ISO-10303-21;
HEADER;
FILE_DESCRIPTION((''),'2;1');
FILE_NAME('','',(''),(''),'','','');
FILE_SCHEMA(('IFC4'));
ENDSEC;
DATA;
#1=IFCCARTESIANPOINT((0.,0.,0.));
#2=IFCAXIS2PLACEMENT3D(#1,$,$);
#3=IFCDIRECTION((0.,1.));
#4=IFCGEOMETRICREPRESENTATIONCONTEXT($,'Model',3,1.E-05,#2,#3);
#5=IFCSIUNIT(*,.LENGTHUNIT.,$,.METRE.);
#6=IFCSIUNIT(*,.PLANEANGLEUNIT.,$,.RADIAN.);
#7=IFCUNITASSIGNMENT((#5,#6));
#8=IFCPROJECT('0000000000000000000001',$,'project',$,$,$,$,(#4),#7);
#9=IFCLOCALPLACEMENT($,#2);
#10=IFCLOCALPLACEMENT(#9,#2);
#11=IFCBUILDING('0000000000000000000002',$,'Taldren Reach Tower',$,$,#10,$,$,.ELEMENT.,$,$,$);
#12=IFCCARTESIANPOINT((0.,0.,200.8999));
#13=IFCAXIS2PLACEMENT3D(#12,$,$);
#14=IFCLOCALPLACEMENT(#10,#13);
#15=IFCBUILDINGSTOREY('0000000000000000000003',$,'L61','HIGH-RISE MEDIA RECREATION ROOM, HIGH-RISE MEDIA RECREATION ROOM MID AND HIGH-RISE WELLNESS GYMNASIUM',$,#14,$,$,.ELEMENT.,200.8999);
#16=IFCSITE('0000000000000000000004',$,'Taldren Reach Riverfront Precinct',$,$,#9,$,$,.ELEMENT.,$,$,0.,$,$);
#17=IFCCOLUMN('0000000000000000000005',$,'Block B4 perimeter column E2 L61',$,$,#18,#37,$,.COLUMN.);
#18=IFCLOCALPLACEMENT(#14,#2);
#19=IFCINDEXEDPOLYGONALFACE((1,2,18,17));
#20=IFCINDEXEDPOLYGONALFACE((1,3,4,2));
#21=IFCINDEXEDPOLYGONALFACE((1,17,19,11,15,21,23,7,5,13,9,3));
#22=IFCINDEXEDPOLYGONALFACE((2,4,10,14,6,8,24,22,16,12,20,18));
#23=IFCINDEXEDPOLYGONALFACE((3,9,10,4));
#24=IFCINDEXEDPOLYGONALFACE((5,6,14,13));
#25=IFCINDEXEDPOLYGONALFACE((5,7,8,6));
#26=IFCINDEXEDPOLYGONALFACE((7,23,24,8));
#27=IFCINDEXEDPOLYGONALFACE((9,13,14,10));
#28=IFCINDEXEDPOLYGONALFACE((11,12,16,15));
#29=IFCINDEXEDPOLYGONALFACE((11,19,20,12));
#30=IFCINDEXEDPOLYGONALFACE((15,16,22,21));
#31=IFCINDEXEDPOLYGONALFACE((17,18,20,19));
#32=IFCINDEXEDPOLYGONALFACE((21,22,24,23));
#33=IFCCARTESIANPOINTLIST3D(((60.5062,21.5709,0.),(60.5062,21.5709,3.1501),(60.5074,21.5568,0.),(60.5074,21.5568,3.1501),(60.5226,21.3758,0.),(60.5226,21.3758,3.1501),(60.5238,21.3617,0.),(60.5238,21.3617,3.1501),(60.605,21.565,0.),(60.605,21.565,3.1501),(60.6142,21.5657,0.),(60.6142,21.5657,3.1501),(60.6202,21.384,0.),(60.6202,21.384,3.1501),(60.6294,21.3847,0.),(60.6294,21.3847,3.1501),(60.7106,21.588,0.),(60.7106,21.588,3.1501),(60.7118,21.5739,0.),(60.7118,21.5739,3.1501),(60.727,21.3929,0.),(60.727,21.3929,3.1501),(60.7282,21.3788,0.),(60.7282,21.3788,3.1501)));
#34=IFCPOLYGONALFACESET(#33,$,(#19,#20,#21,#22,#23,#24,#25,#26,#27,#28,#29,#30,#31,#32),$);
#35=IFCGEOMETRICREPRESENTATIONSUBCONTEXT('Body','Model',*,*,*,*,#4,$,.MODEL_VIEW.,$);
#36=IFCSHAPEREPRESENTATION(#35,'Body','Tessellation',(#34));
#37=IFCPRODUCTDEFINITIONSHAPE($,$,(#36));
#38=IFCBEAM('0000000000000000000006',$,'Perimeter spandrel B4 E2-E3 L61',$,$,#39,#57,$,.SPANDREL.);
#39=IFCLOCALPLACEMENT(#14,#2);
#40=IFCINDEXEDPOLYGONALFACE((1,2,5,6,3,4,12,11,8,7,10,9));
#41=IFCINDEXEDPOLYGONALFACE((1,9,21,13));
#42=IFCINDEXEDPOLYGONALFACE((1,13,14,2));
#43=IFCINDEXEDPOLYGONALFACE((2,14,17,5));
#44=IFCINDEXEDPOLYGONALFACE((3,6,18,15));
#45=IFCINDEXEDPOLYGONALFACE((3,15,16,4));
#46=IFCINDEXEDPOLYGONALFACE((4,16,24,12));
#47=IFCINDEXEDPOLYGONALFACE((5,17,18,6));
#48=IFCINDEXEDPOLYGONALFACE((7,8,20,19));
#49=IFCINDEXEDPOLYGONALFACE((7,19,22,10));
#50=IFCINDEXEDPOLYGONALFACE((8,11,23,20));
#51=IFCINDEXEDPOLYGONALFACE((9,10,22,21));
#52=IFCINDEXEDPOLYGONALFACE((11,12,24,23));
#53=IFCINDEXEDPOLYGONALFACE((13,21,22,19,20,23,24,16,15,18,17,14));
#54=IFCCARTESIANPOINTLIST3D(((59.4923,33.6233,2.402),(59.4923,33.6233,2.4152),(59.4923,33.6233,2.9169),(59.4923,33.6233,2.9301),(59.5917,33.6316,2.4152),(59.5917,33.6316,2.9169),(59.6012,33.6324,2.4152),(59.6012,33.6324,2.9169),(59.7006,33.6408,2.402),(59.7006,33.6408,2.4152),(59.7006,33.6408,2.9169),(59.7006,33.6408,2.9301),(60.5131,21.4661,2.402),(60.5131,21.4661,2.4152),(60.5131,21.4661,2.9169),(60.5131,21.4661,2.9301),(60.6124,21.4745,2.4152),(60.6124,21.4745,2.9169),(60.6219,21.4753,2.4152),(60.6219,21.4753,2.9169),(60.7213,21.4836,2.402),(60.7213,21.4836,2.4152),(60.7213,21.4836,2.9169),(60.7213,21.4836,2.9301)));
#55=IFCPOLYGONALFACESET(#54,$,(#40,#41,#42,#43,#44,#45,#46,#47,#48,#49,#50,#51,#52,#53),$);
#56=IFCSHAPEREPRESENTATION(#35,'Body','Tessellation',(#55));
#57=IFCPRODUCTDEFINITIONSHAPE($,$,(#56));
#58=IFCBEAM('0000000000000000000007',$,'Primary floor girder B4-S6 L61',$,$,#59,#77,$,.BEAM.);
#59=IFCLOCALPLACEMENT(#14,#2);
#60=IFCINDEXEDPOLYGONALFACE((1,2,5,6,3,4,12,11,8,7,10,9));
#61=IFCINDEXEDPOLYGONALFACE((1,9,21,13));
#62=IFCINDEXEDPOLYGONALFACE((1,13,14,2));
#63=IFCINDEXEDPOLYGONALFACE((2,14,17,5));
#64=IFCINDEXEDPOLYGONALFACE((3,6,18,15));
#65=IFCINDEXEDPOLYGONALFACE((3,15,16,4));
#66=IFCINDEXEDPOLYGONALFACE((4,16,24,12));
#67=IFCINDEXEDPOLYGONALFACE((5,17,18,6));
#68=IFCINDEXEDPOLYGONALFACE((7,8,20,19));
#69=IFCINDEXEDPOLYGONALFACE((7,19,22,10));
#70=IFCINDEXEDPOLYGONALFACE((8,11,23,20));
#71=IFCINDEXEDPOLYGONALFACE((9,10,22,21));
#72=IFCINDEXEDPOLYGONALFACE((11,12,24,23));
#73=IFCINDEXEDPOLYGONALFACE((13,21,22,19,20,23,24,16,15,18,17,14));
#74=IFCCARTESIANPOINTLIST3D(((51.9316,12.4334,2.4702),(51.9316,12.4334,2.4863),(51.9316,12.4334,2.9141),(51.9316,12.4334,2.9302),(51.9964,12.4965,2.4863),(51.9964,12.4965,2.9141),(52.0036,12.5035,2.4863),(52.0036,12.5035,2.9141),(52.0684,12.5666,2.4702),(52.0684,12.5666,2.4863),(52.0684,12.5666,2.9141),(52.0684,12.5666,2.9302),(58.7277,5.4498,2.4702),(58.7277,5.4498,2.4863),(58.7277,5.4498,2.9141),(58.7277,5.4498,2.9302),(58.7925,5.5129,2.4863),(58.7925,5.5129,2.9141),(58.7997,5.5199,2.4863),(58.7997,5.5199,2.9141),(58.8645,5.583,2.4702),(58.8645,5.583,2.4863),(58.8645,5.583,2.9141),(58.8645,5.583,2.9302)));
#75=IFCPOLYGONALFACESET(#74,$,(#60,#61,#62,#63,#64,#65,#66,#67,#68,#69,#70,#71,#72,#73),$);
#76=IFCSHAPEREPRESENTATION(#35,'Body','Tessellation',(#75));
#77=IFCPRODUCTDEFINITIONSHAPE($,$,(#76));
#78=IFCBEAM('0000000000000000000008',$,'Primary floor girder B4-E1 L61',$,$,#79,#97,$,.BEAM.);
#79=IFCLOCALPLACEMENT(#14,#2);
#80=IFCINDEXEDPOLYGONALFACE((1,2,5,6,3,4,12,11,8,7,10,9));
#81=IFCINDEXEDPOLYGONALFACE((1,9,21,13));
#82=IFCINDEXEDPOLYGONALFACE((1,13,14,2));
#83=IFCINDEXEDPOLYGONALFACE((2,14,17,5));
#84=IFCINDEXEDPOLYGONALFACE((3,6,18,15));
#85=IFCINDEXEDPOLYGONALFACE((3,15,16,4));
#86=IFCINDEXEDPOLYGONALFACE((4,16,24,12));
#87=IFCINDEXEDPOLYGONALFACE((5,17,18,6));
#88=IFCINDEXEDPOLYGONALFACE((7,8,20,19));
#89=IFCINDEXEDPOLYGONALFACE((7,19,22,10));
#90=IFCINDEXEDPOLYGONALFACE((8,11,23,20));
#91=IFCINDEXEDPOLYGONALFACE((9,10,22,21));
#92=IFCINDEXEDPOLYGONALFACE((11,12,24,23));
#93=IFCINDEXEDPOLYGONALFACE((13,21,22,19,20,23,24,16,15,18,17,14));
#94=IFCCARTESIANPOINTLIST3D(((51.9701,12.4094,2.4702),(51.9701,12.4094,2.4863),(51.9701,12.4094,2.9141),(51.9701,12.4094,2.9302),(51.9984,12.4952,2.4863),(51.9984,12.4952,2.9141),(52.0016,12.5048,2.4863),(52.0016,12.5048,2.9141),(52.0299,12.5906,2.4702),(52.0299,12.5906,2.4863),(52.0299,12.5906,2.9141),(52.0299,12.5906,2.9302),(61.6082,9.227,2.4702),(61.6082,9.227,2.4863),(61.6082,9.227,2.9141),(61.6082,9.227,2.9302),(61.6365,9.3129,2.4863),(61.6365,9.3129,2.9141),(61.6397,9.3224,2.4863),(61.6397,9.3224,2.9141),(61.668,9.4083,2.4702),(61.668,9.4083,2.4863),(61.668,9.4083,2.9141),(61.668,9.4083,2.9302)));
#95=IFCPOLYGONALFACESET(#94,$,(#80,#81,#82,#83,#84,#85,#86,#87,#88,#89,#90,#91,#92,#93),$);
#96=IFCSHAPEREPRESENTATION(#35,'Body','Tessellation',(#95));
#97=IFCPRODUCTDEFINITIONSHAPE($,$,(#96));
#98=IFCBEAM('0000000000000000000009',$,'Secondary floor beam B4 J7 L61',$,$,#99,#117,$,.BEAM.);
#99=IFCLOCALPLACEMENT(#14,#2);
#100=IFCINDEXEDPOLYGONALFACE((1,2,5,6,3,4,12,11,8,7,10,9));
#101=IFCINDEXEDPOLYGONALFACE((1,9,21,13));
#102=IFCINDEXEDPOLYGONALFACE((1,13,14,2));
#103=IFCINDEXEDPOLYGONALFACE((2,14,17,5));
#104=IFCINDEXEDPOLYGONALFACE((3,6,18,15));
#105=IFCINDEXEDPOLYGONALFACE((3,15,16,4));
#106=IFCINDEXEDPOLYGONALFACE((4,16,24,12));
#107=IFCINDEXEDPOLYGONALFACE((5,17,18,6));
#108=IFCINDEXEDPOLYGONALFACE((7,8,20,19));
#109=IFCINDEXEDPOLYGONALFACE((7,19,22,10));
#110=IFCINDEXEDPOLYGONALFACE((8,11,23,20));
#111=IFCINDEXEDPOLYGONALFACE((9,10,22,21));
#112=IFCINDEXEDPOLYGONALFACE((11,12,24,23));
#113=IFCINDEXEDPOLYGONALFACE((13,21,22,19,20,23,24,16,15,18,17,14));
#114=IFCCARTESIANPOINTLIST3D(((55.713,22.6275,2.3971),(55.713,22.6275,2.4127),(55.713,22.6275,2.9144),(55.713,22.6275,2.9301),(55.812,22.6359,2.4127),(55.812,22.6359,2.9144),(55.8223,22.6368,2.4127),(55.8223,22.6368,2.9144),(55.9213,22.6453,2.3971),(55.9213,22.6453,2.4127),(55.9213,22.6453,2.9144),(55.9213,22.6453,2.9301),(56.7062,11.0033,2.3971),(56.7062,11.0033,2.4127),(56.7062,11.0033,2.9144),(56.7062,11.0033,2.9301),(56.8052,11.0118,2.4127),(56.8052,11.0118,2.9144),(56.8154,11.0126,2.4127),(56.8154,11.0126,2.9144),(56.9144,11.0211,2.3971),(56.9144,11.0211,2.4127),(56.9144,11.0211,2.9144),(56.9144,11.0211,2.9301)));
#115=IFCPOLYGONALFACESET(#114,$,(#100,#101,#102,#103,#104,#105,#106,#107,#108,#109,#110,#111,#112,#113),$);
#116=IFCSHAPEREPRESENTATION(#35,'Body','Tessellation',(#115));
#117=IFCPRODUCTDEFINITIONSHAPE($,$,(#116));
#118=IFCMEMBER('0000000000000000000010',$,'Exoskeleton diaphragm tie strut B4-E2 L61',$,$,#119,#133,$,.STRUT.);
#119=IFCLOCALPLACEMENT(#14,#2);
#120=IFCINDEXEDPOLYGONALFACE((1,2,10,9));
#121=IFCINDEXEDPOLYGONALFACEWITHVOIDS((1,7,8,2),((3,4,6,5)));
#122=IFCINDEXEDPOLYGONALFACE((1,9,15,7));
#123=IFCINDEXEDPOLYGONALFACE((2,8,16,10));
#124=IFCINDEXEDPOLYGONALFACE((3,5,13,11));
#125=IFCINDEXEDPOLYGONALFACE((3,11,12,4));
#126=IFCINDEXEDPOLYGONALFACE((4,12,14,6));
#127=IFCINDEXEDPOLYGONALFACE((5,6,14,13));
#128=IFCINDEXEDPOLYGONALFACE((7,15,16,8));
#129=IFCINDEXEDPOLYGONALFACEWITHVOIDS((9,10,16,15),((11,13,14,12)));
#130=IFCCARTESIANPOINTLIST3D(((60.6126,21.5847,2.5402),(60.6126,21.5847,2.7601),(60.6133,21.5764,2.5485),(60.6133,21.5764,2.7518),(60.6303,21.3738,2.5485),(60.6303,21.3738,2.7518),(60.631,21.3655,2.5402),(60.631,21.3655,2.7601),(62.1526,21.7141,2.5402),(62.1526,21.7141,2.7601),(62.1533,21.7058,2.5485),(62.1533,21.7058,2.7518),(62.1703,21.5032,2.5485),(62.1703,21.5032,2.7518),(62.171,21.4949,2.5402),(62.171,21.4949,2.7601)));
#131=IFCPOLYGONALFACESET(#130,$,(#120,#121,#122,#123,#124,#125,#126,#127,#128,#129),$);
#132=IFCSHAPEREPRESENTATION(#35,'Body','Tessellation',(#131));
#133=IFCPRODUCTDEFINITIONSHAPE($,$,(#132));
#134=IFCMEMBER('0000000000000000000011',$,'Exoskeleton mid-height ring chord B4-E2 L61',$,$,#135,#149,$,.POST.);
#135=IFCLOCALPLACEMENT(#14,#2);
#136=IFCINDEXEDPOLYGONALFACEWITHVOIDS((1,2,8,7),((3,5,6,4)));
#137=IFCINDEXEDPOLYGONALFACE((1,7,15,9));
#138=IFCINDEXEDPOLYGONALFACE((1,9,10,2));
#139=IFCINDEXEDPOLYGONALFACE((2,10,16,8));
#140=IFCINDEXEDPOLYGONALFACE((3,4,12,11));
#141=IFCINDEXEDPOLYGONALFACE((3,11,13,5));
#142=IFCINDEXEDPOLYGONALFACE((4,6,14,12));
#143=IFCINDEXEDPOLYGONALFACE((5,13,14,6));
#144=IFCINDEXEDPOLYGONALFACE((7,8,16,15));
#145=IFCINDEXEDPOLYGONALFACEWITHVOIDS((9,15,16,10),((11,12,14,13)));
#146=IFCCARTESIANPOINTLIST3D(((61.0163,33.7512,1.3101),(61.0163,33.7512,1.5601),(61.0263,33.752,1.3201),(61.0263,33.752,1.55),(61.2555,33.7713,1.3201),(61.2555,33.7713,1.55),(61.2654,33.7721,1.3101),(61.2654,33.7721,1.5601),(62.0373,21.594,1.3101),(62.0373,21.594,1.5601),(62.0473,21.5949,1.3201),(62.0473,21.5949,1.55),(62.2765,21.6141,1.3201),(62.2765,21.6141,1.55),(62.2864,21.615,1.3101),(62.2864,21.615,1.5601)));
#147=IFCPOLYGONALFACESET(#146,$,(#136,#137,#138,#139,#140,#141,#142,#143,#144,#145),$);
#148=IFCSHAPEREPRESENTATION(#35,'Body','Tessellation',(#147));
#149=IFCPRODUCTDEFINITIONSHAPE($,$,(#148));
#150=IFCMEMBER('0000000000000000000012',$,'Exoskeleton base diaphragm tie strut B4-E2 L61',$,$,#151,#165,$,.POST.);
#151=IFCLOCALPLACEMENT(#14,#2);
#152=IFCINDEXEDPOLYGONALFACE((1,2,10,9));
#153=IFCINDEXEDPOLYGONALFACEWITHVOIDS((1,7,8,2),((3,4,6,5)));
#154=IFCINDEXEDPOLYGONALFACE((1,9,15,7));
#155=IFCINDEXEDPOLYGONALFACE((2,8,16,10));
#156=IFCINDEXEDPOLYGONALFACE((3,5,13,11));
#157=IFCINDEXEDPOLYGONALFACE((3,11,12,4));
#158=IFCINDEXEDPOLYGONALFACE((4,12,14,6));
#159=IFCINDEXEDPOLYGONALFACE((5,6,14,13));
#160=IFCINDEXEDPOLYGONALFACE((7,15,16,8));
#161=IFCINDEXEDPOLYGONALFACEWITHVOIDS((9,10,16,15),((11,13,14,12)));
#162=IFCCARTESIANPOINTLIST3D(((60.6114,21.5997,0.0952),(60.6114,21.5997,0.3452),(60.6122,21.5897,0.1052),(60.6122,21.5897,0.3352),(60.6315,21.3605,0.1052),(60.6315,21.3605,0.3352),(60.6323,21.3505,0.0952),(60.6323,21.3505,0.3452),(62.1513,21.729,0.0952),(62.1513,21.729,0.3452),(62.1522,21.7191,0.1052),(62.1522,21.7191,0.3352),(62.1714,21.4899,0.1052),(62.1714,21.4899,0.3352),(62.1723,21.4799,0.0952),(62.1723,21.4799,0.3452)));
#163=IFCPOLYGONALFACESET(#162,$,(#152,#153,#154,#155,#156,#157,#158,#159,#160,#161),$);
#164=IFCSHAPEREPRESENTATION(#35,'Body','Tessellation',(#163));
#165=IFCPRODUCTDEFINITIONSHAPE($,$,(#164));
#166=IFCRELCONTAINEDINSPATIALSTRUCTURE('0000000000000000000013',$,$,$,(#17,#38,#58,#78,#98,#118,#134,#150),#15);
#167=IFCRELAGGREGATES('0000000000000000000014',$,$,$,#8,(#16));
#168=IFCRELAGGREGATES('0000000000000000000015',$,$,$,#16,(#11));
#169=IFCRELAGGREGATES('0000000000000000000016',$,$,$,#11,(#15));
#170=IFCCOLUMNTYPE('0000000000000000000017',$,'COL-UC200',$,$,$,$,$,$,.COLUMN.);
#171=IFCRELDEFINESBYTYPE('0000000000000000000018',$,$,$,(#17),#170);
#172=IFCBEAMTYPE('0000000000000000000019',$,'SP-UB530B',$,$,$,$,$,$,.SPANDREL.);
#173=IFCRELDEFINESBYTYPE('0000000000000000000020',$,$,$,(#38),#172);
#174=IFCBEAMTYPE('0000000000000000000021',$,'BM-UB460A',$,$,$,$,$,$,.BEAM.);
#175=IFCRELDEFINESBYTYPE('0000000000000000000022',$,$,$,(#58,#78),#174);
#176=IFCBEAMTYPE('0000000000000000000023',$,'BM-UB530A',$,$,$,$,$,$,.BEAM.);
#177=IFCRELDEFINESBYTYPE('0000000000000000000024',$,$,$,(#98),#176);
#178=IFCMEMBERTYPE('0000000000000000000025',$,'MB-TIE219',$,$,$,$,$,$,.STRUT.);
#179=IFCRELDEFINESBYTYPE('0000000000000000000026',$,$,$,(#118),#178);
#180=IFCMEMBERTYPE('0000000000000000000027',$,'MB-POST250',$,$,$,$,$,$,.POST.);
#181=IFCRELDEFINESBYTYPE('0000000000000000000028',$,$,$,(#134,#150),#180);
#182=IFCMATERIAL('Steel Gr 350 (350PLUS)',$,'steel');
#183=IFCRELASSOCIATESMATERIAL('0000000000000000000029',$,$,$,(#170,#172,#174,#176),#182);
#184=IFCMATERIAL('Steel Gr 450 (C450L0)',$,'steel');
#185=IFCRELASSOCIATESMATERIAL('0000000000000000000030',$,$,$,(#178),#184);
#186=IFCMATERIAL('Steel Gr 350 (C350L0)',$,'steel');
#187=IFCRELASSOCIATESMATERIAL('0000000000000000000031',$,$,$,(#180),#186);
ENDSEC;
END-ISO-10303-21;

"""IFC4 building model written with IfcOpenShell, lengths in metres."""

from ifc_helpers import new_model, si_unit, direction, frame, origin, origin_2d, place, context, subcontext, project, spatial, hollow_rectangle, i_section, extrude, source, transform, mapped, material, material_profile, profile_set, type_object, element, save


model = new_model("IFC4")

# Units and contexts
model_context = context("Model", 3, precision=1e-05, world=origin(), true_north=direction((0.0, 1.0)))
body_context = subcontext(model_context, "Body", "Model", "MODEL_VIEW")
ifc_project = project(units=[si_unit("LENGTHUNIT", "METRE"), si_unit("PLANEANGLEUNIT", "RADIAN")], contexts=[model_context])

# Site, building, storey
site_placement = place(None, origin())
site = spatial("IfcSite", under=ifc_project, at=site_placement, Name="Taldren Reach Riverfront Precinct", CompositionType="ELEMENT", RefElevation=0.0)
building_placement = place(site_placement, origin())
building = spatial("IfcBuilding", under=site, at=building_placement, Name="Taldren Reach Tower", CompositionType="ELEMENT")
storey_placement = place(building_placement, frame((0.0, 0.0, 200.8999)))
storey = spatial("IfcBuildingStorey", under=building, at=storey_placement, Name="L61", Description="HIGH-RISE MEDIA RECREATION ROOM, HIGH-RISE MEDIA RECREATION ROOM MID AND HIGH-RISE WELLNESS GYMNASIUM", CompositionType="ELEMENT", Elevation=200.8999)

# Column
ifc_material_1 = material(Name="Steel Gr 350 (350PLUS)", Category="steel")
ifc_material_profile_1 = material_profile(ifc_material_1, i_section(OverallWidth=0.2051, OverallDepth=0.21, WebThickness=0.0093, FlangeThickness=0.0142, at=origin_2d()), Name="200UC59.5")
ifc_profile_set_1 = profile_set([ifc_material_profile_1], Name="Steel Gr 350 (350PLUS)")
column_type = type_object("IfcColumnType", Name="COL-UC200", PredefinedType="COLUMN", material=ifc_profile_set_1)
shared_shape_1 = source(origin(), body_context, "Body", "SweptSolid", [
    extrude(i_section(OverallWidth=0.2051, OverallDepth=0.21, WebThickness=0.0093, FlangeThickness=0.0142, at=origin_2d()), origin(), (0.0, 0.0, 1.0), 3.1501),
])
column_placement = place(storey_placement, frame((60.6172, 21.4749, 0.0), z_axis=(0.0, 0.0, 1.0), x_axis=(0.996493, 0.083678, 0.0)))
element("IfcColumn", 1, at=column_placement, inside=storey, type_object=column_type, Name="Block B4 perimeter column E2 L61", PredefinedType="COLUMN", context=body_context, shape_type="MappedRepresentation", body=[
    mapped(shared_shape_1, transform((0.0, 0.0, 0.0), scale=1.0)),
])

# Beams
ifc_material_profile_2 = material_profile(ifc_material_1, i_section(OverallWidth=0.209, OverallDepth=0.5281, WebThickness=0.0095, FlangeThickness=0.0132, at=origin_2d()), Name="530UB82.0")
ifc_profile_set_2 = profile_set([ifc_material_profile_2], Name="Steel Gr 350 (350PLUS)")
beam_type_1 = type_object("IfcBeamType", Name="SP-UB530B", PredefinedType="SPANDREL", material=ifc_profile_set_2)
shared_shape_2 = source(origin(), body_context, "Body", "SweptSolid", [
    extrude(i_section(OverallWidth=0.209, OverallDepth=0.5281, WebThickness=0.0095, FlangeThickness=0.0132, at=origin_2d()), origin(), (0.0, 0.0, 1.0), 12.2),
])
beam_1_placement = place(storey_placement, frame((60.6172, 21.4749, 2.666), z_axis=(-0.083668, 0.996494, 0.0), x_axis=(-0.996494, -0.083668, 0.0)))
element("IfcBeam", 2, at=beam_1_placement, inside=storey, type_object=beam_type_1, Name="Perimeter spandrel B4 E2-E3 L61", PredefinedType="SPANDREL", context=body_context, shape_type="MappedRepresentation", body=[
    mapped(shared_shape_2, transform((0.0, 0.0, 0.0), scale=1.0)),
])
ifc_material_profile_3 = material_profile(ifc_material_1, i_section(OverallWidth=0.1909, OverallDepth=0.46, WebThickness=0.01, FlangeThickness=0.0161, at=origin_2d()), Name="460UB82.1")
ifc_profile_set_3 = profile_set([ifc_material_profile_3], Name="Steel Gr 350 (350PLUS)")
beam_type_2 = type_object("IfcBeamType", Name="BM-UB460A", PredefinedType="BEAM", material=ifc_profile_set_3)
shared_shape_3 = source(origin(), body_context, "Body", "SweptSolid", [
    extrude(i_section(OverallWidth=0.1909, OverallDepth=0.46, WebThickness=0.01, FlangeThickness=0.0161, at=origin_2d()), origin(), (0.0, 0.0, 1.0), 9.7446),
])
beam_2_placement = place(storey_placement, frame((52.0, 12.5, 2.7002), z_axis=(0.697421, -0.716662, 0.0), x_axis=(0.716662, 0.697421, 0.0)))
element("IfcBeam", 3, at=beam_2_placement, inside=storey, type_object=beam_type_2, Name="Primary floor girder B4-S6 L61", PredefinedType="BEAM", context=body_context, shape_type="MappedRepresentation", body=[
    mapped(shared_shape_3, transform((0.0, 0.0, 0.0), scale=1.0)),
])
shared_shape_4 = source(origin(), body_context, "Body", "SweptSolid", [
    extrude(i_section(OverallWidth=0.1909, OverallDepth=0.46, WebThickness=0.01, FlangeThickness=0.0161, at=origin_2d()), origin(), (0.0, 0.0, 1.0), 10.1499),
])
beam_3_placement = place(storey_placement, frame((52.0, 12.5, 2.7002), z_axis=(0.949577, -0.313535, 0.0), x_axis=(0.313535, 0.949577, 0.0)))
element("IfcBeam", 4, at=beam_3_placement, inside=storey, type_object=beam_type_2, Name="Primary floor girder B4-E1 L61", PredefinedType="BEAM", context=body_context, shape_type="MappedRepresentation", body=[
    mapped(shared_shape_4, transform((0.0, 0.0, 0.0), scale=1.0)),
])
ifc_material_profile_4 = material_profile(ifc_material_1, i_section(OverallWidth=0.209, OverallDepth=0.533, WebThickness=0.0103, FlangeThickness=0.0156, at=origin_2d()), Name="530UB92.4")
ifc_profile_set_4 = profile_set([ifc_material_profile_4], Name="Steel Gr 350 (350PLUS)")
beam_type_3 = type_object("IfcBeamType", Name="BM-UB530A", PredefinedType="BEAM", material=ifc_profile_set_4)
shared_shape_5 = source(origin(), body_context, "Body", "SweptSolid", [
    extrude(i_section(OverallWidth=0.209, OverallDepth=0.533, WebThickness=0.0103, FlangeThickness=0.0156, at=origin_2d()), origin(), (0.0, 0.0, 1.0), 11.6665),
])
beam_4_placement = place(storey_placement, frame((56.8103, 11.0122, 2.6636), z_axis=(-0.085129, 0.99637, 0.0), x_axis=(-0.99637, -0.085129, 0.0)))
element("IfcBeam", 5, at=beam_4_placement, inside=storey, type_object=beam_type_3, Name="Secondary floor beam B4 J7 L61", PredefinedType="BEAM", context=body_context, shape_type="MappedRepresentation", body=[
    mapped(shared_shape_5, transform((0.0, 0.0, 0.0), scale=1.0)),
])

# Members
ifc_material_2 = material(Name="Steel Gr 450 (C450L0)", Category="steel")
ifc_material_profile_5 = material_profile(ifc_material_2, hollow_rectangle(XDim=0.22, YDim=0.22, WallThickness=0.0083, at=origin_2d()), Name="220x220x8.2SHS")
ifc_profile_set_5 = profile_set([ifc_material_profile_5], Name="Steel Gr 450 (C450L0)")
member_type_1 = type_object("IfcMemberType", Name="MB-TIE219", PredefinedType="STRUT", material=ifc_profile_set_5)
shared_shape_6 = source(origin(), body_context, "Body", "SweptSolid", [
    extrude(hollow_rectangle(XDim=0.22, YDim=0.22, WallThickness=0.0083, at=origin_2d()), origin(), (0.0, 0.0, 1.0), 1.5454),
])
member_1_placement = place(storey_placement, frame((60.6218, 21.4751, 2.6501), z_axis=(0.996489, 0.083725, 0.0), x_axis=(-0.083725, 0.996489, 0.0)))
element("IfcMember", 6, at=member_1_placement, inside=storey, type_object=member_type_1, Name="Exoskeleton diaphragm tie strut B4-E2 L61", PredefinedType="STRUT", context=body_context, shape_type="MappedRepresentation", body=[
    mapped(shared_shape_6, transform((0.0, 0.0, 0.0), scale=1.0)),
])
ifc_material_3 = material(Name="Steel Gr 350 (C350L0)", Category="steel")
ifc_material_profile_6 = material_profile(ifc_material_3, hollow_rectangle(XDim=0.25, YDim=0.25, WallThickness=0.01, at=origin_2d()), Name="250x250x10.0SHS")
ifc_profile_set_6 = profile_set([ifc_material_profile_6], Name="Steel Gr 350 (C350L0)")
member_type_2 = type_object("IfcMemberType", Name="MB-POST250", PredefinedType="POST", material=ifc_profile_set_6)
shared_shape_7 = source(origin(), body_context, "Body", "SweptSolid", [
    extrude(hollow_rectangle(XDim=0.25, YDim=0.25, WallThickness=0.01, at=origin_2d()), origin(), (0.0, 0.0, 1.0), 12.2),
])
member_2_placement = place(storey_placement, frame((62.1619, 21.6045, 1.4351), z_axis=(-0.083688, 0.996492, 0.0), x_axis=(-0.996492, -0.083688, 0.0)))
element("IfcMember", 7, at=member_2_placement, inside=storey, type_object=member_type_2, Name="Exoskeleton mid-height ring chord B4-E2 L61", PredefinedType="POST", context=body_context, shape_type="MappedRepresentation", body=[
    mapped(shared_shape_7, transform((0.0, 0.0, 0.0), scale=1.0)),
])
shared_shape_8 = source(origin(), body_context, "Body", "SweptSolid", [
    extrude(hollow_rectangle(XDim=0.25, YDim=0.25, WallThickness=0.01, at=origin_2d()), origin(), (0.0, 0.0, 1.0), 1.5454),
])
for number, where, z_axis, x_axis, name in (
    (8, (60.6218, 21.4751, 0.2202), (0.996489, 0.083725, 0.0), (-0.083725, 0.996489, 0.0), "Exoskeleton base diaphragm tie strut B4-E2 L61"),
):
    element("IfcMember", number, at=place(storey_placement, frame(where, z_axis=z_axis, x_axis=x_axis)), inside=storey, type_object=member_type_2, Name=name, PredefinedType="POST", context=body_context, shape_type="MappedRepresentation", body=[
        mapped(shared_shape_8, transform((0.0, 0.0, 0.0), scale=1.0)),
    ])

save(model, "model.ifc")
